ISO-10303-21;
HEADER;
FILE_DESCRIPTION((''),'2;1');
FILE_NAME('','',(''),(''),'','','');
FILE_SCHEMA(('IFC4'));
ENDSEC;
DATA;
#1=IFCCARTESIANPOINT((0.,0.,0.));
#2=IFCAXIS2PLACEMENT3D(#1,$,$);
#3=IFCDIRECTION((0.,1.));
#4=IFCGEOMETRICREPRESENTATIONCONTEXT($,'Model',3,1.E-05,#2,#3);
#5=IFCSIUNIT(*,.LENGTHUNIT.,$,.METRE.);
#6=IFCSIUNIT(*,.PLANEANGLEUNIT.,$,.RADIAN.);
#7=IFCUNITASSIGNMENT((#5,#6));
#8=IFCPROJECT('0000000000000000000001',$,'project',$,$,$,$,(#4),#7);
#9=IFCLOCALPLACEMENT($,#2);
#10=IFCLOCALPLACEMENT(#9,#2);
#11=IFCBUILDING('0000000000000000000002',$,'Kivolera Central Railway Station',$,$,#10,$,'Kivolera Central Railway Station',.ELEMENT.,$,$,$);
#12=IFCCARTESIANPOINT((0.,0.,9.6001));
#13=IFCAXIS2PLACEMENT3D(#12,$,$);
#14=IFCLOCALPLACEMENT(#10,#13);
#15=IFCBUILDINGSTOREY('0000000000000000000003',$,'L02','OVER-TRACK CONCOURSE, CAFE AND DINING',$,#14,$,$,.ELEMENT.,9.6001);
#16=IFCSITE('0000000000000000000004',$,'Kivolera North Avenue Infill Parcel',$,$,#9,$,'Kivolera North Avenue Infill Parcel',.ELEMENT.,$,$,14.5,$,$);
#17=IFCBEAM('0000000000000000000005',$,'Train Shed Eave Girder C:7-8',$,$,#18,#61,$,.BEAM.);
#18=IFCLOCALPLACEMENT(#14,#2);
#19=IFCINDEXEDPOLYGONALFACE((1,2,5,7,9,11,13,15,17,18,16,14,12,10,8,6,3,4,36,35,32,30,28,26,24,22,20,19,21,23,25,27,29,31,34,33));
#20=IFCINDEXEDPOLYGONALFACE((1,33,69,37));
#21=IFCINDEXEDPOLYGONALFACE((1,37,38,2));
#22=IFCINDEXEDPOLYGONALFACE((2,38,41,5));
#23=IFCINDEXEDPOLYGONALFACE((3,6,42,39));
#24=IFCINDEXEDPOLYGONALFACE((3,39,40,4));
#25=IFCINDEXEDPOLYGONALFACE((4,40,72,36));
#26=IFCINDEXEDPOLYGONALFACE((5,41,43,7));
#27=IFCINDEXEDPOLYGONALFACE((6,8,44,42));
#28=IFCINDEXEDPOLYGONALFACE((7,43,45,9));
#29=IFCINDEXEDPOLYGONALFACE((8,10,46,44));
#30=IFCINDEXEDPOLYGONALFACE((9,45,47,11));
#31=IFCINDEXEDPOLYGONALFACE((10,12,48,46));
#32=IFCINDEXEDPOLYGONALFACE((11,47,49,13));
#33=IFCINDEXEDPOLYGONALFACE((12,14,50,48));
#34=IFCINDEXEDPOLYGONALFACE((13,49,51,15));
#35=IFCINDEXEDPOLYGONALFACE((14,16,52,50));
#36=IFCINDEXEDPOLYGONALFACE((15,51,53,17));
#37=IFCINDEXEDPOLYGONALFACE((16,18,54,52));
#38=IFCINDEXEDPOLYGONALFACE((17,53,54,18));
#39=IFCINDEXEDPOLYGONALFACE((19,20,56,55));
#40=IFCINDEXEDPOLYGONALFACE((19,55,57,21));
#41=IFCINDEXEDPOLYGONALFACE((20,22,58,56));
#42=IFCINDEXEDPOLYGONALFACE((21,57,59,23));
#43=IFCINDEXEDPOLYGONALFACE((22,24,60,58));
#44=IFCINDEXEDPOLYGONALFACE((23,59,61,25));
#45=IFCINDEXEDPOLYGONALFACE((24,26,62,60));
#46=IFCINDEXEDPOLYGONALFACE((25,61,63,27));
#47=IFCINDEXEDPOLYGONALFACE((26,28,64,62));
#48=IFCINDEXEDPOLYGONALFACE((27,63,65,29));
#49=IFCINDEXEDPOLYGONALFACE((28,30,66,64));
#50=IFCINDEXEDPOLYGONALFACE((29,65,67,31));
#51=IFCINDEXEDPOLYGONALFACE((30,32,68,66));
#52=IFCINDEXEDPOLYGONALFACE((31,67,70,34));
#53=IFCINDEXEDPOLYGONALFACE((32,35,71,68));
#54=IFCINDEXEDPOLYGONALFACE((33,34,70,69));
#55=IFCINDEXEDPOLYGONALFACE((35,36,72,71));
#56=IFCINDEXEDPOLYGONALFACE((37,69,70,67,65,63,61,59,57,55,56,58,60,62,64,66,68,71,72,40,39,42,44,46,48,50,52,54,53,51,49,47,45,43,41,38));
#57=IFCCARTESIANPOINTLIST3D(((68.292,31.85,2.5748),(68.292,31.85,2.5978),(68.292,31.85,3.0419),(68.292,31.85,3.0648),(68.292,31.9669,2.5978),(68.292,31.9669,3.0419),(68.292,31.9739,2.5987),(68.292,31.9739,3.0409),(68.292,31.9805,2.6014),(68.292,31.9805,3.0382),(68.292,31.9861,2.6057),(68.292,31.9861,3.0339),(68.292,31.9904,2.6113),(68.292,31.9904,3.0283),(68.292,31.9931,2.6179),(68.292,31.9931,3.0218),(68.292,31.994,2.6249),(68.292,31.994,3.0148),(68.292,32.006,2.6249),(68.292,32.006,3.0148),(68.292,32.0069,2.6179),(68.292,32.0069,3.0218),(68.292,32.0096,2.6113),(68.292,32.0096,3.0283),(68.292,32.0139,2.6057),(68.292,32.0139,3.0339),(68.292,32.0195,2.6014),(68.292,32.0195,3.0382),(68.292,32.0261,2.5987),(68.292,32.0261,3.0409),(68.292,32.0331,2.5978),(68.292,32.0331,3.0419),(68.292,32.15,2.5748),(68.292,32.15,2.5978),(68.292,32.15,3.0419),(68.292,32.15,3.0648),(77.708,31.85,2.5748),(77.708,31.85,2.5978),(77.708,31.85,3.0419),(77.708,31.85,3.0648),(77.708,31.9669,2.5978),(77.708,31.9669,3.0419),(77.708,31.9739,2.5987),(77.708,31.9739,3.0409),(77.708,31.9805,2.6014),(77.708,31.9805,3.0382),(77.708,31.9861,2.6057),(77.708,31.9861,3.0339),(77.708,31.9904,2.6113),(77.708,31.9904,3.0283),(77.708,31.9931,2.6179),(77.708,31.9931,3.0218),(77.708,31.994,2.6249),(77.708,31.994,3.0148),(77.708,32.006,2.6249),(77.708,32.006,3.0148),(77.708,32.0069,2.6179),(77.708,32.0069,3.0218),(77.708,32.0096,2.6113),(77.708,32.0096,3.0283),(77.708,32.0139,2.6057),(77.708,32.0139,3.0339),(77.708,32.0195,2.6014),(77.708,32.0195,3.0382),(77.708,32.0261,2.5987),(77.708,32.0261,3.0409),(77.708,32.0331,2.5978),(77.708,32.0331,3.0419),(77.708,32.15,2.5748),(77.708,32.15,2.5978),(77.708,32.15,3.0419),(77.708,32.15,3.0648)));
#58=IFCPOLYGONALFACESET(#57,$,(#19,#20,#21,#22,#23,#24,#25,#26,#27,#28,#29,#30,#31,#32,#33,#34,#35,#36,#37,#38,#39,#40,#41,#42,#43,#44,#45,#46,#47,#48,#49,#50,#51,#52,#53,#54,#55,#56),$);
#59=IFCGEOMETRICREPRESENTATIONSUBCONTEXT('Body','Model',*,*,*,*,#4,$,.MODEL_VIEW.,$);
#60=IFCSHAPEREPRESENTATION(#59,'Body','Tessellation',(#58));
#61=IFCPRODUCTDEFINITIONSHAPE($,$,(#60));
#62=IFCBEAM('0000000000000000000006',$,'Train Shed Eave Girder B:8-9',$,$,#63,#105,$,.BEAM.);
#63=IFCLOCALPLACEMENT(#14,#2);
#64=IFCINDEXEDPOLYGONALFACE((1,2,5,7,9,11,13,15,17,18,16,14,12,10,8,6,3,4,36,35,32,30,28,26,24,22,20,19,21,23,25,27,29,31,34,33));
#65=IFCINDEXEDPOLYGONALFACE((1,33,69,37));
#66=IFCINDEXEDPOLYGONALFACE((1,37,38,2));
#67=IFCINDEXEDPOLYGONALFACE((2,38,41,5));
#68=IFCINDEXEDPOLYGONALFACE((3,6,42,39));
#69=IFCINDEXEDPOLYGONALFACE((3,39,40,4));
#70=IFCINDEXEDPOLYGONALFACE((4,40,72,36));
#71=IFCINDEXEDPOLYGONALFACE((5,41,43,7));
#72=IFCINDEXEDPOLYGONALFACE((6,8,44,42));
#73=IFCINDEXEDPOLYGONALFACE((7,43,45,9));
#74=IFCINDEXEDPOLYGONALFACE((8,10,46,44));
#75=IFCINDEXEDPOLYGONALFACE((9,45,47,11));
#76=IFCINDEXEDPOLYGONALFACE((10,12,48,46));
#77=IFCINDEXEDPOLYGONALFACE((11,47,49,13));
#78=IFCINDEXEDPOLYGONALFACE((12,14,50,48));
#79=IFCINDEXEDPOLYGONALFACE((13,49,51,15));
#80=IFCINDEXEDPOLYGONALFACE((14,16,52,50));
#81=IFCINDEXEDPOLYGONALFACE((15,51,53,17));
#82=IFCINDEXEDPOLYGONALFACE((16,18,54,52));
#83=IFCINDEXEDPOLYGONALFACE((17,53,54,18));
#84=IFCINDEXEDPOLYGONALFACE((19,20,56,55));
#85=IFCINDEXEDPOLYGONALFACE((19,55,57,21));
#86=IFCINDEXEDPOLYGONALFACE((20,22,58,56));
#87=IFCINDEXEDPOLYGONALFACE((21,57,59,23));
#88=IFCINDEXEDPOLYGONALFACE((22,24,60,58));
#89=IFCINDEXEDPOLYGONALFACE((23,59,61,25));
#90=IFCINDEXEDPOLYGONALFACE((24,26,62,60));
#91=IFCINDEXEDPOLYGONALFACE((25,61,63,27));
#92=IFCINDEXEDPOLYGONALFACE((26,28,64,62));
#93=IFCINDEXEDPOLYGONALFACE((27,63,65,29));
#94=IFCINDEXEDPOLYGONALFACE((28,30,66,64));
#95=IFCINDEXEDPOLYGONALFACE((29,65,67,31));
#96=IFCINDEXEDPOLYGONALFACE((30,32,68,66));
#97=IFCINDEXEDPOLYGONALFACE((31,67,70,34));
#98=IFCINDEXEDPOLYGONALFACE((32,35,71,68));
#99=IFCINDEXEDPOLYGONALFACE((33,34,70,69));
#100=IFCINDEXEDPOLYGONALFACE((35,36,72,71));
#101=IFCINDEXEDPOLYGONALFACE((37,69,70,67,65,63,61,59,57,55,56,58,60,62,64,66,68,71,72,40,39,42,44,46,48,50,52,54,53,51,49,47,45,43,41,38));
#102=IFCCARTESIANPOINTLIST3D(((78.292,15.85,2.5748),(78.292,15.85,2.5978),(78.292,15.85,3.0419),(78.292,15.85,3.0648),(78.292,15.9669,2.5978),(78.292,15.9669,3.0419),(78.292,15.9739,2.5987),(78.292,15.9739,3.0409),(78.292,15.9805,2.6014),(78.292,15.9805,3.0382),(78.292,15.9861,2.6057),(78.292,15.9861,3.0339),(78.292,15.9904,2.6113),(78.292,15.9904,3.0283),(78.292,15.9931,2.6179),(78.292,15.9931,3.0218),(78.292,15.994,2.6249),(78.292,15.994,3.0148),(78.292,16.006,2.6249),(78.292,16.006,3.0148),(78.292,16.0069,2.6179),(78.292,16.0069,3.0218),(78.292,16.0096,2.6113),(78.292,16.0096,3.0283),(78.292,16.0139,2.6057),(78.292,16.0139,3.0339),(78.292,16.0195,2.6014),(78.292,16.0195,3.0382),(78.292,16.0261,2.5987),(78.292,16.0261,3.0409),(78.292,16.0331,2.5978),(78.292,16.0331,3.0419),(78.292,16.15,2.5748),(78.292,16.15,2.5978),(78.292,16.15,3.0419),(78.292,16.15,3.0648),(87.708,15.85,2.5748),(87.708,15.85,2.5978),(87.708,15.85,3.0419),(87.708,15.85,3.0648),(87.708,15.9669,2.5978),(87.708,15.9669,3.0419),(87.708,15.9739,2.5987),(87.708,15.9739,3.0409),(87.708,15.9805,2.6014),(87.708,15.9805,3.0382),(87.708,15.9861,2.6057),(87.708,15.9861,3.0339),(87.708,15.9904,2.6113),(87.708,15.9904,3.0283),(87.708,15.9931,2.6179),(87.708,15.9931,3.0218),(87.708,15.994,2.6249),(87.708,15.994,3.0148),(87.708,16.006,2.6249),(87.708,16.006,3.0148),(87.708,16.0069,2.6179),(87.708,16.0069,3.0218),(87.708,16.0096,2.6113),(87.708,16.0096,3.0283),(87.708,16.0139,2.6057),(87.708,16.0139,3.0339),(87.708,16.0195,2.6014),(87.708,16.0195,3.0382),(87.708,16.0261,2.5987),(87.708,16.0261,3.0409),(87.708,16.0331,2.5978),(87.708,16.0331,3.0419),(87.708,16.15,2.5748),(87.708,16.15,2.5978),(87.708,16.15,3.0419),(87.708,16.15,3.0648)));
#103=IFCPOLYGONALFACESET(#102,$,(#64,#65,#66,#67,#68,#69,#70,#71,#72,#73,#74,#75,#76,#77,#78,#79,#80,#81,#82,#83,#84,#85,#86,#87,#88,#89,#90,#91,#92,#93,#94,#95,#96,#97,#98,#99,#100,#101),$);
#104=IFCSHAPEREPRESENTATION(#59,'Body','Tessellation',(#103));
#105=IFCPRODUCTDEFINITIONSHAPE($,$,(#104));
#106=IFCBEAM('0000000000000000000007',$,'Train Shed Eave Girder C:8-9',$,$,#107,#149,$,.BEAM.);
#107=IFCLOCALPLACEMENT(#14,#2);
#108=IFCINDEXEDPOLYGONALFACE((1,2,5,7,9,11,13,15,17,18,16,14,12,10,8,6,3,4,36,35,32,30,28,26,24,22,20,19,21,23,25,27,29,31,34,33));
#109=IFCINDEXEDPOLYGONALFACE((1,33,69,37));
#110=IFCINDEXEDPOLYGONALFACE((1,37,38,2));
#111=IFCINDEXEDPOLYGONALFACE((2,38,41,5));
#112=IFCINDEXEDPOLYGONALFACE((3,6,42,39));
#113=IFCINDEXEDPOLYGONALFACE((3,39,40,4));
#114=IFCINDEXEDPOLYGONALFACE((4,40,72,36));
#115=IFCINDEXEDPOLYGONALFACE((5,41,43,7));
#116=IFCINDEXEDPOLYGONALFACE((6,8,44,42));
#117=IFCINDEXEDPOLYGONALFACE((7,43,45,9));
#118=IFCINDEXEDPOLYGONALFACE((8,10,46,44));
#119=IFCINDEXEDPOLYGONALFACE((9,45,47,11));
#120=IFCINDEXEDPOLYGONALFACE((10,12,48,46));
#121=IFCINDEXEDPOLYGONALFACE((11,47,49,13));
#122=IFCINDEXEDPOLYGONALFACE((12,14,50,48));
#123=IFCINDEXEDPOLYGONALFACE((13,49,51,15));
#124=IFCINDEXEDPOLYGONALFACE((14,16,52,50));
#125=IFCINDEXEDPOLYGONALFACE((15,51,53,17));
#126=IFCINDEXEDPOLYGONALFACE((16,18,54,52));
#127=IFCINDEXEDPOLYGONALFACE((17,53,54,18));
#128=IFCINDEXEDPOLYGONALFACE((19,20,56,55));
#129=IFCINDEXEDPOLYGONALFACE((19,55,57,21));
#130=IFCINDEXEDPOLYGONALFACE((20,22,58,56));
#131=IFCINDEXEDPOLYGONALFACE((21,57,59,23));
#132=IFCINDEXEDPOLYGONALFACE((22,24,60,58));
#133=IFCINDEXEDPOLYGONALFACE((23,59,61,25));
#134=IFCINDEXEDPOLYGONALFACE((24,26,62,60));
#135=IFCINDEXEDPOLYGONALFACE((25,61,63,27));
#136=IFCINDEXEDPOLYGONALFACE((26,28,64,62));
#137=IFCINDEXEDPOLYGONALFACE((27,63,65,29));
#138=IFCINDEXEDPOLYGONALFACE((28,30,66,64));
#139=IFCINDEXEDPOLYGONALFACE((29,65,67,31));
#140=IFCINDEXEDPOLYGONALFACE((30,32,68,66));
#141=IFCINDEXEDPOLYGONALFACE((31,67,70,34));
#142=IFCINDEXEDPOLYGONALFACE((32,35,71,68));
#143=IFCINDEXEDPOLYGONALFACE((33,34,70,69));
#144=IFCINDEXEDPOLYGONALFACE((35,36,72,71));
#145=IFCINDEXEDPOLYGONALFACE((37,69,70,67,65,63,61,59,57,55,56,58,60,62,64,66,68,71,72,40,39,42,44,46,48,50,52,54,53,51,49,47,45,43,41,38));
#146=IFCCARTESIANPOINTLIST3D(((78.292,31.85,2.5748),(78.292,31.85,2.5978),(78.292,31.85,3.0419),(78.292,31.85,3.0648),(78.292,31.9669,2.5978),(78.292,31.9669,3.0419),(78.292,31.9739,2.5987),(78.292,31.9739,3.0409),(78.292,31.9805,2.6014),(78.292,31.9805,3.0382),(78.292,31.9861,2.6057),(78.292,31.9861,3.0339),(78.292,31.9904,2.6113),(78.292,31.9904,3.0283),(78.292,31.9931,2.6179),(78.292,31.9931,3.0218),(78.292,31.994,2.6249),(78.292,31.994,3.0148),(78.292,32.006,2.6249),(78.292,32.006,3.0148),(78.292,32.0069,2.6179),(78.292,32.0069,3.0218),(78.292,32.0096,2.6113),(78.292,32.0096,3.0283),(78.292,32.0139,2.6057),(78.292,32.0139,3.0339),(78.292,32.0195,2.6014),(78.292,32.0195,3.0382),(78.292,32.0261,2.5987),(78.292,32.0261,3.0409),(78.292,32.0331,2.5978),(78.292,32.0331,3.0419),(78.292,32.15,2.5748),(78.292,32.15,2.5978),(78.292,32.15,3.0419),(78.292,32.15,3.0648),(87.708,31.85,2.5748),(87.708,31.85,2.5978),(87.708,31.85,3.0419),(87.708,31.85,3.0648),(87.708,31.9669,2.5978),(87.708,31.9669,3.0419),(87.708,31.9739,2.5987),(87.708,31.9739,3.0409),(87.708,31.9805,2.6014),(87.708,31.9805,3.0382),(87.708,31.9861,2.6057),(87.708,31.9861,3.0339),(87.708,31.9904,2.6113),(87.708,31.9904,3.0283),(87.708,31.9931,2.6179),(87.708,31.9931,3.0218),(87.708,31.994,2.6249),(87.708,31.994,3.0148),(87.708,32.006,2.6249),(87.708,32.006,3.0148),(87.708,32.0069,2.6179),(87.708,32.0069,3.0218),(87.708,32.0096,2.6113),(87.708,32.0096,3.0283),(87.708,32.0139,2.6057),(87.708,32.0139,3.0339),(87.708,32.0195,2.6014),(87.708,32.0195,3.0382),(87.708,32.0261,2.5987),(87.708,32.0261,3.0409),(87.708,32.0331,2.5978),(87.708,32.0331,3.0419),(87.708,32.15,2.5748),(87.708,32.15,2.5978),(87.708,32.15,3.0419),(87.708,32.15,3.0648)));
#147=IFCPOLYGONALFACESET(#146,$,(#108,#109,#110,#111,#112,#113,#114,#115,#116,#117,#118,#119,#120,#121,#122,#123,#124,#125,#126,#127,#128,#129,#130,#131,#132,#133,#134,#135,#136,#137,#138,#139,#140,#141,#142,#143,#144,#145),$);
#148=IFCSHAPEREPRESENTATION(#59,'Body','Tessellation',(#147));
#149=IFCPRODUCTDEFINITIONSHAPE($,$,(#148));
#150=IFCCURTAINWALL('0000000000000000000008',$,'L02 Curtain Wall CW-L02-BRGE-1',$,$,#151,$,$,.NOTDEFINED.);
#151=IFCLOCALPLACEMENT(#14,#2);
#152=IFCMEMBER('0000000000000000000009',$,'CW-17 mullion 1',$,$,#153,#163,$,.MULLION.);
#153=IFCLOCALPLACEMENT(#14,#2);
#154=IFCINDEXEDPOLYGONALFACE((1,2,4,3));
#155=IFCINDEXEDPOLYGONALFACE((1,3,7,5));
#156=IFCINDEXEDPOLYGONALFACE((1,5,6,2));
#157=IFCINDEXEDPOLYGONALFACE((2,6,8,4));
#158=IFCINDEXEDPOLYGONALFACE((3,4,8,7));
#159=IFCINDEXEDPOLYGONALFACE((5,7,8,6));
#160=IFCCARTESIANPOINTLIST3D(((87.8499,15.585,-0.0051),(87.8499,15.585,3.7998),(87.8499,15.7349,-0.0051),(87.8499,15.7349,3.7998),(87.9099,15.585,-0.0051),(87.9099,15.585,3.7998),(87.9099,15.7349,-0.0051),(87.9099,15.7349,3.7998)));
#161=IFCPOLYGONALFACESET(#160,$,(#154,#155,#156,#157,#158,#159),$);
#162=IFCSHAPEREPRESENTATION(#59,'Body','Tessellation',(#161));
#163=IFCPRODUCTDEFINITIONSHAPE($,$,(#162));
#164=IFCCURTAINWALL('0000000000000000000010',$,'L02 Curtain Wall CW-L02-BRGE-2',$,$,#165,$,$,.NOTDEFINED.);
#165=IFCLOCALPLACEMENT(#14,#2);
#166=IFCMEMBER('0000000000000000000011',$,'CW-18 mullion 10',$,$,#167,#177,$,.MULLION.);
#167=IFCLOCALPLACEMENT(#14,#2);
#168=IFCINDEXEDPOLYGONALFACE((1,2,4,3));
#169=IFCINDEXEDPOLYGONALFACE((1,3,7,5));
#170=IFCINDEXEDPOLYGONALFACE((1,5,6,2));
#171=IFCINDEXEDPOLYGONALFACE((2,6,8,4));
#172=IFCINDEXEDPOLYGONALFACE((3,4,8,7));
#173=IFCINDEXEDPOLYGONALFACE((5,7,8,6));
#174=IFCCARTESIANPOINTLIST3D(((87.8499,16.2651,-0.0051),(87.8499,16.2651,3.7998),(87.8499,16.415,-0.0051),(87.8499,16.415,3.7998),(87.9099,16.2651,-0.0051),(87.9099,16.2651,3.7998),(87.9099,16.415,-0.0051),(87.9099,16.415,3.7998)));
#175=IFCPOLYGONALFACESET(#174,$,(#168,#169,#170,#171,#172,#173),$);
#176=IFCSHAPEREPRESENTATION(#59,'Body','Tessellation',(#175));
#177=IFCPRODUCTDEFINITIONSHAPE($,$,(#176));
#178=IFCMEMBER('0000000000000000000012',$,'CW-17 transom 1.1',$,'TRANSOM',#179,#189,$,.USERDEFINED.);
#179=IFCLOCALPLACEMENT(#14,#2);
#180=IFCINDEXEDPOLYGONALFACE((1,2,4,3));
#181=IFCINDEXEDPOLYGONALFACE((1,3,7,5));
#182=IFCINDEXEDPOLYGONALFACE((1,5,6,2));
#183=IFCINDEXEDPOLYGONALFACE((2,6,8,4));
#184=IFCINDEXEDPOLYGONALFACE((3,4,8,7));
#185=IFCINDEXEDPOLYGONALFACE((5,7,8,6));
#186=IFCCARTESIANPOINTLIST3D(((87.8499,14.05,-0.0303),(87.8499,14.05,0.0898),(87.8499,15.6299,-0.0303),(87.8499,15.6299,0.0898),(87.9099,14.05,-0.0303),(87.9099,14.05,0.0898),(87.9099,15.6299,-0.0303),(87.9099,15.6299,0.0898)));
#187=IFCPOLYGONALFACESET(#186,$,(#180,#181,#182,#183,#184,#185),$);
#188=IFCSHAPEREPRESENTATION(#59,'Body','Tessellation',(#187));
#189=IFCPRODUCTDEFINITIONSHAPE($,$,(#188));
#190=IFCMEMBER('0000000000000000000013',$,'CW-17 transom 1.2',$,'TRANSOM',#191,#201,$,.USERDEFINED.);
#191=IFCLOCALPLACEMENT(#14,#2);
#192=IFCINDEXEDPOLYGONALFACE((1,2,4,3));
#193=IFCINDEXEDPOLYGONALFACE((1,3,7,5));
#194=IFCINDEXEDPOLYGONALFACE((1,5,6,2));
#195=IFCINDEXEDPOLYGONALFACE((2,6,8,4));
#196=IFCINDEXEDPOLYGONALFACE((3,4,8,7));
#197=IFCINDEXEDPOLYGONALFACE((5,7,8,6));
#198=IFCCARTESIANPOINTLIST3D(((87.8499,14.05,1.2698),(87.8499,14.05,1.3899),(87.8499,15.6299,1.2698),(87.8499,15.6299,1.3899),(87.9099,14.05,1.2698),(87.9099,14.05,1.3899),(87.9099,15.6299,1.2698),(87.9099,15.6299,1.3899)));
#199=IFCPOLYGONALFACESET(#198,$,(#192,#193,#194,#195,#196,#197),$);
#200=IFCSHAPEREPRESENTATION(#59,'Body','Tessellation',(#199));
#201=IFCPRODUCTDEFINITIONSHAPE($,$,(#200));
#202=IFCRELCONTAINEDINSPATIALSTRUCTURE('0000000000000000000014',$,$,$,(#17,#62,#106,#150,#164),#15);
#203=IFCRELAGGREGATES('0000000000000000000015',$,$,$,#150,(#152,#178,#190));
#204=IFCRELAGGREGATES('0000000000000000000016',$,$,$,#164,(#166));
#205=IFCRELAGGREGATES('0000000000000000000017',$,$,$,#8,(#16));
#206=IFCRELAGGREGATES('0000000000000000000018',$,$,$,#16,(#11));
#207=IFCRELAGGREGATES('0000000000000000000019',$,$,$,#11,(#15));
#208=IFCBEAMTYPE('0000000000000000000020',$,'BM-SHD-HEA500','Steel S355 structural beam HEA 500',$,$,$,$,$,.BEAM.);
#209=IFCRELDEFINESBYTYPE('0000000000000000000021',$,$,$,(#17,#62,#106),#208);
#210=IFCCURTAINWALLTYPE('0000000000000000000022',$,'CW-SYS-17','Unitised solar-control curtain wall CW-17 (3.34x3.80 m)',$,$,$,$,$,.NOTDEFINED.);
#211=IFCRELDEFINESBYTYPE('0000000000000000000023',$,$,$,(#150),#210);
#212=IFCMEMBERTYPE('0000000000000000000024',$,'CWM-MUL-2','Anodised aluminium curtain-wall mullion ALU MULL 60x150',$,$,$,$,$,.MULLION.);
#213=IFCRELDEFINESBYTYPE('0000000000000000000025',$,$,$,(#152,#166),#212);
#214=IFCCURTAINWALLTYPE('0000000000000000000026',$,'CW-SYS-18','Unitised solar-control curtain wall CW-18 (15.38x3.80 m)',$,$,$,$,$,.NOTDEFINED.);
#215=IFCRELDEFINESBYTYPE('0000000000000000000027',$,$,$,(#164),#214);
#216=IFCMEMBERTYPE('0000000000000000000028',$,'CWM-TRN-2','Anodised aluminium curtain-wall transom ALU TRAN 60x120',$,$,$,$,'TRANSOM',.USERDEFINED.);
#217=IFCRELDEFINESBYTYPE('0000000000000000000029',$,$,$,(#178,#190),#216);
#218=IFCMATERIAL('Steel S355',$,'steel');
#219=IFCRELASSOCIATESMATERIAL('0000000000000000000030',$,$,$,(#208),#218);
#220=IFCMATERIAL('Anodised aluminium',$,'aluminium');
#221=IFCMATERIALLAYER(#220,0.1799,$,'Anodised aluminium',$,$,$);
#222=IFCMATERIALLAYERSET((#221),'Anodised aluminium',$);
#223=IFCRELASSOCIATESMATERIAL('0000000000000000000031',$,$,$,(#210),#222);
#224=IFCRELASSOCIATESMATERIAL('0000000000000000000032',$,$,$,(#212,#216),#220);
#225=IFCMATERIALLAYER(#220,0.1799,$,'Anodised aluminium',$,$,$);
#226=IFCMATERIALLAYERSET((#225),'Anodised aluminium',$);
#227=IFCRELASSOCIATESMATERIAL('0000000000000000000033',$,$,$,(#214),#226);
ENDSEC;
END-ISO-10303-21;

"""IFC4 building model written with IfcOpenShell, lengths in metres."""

from ifc_helpers import new_model, si_unit, direction, frame, origin, origin_2d, place, context, subcontext, project, spatial, rectangle, i_section, extrude, material, layer, layer_set, material_profile, profile_set, type_object, element, aggregate, save


model = new_model("IFC4")

# Units and contexts
model_context = context("Model", 3, precision=1e-05, world=origin(), true_north=direction((0.0, 1.0)))
body_context = subcontext(model_context, "Body", "Model", "MODEL_VIEW")
ifc_project = project(units=[si_unit("LENGTHUNIT", "METRE"), si_unit("PLANEANGLEUNIT", "RADIAN")], contexts=[model_context])

# Site, building, storey
site_placement = place(None, origin())
site = spatial("IfcSite", under=ifc_project, at=site_placement, Name="Kivolera North Avenue Infill Parcel", LongName="Kivolera North Avenue Infill Parcel", CompositionType="ELEMENT", RefElevation=14.5)
building_placement = place(site_placement, origin())
building = spatial("IfcBuilding", under=site, at=building_placement, Name="Kivolera Central Railway Station", LongName="Kivolera Central Railway Station", CompositionType="ELEMENT")
storey_placement = place(building_placement, frame((0.0, 0.0, 9.6001)))
storey = spatial("IfcBuildingStorey", under=building, at=storey_placement, Name="L02", Description="OVER-TRACK CONCOURSE, CAFE AND DINING", CompositionType="ELEMENT", Elevation=9.6001)

# Beams
ifc_material_1 = material(Name="Steel S355", Category="steel")
ifc_material_profile_1 = material_profile(ifc_material_1, i_section(OverallWidth=0.3, OverallDepth=0.49, WebThickness=0.012, FlangeThickness=0.0229, FilletRadius=0.0271, at=origin_2d()), Name="HEA 500")
ifc_profile_set_1 = profile_set([ifc_material_profile_1], Name="Steel S355")
beam_type_1 = type_object("IfcBeamType", Name="BM-SHD-HEA500", Description="Steel S355 structural beam HEA 500", PredefinedType="BEAM", material=ifc_profile_set_1)
for number, where, z_axis, x_axis, name in (
    (1, (68.292, 32.0, 2.8198), (1.0, 0.0, 0.0), (0.0, 1.0, 0.0), "Train Shed Eave Girder C:7-8"),
    (2, (78.292, 16.0, 2.8198), (1.0, 0.0, 0.0), (0.0, 1.0, 0.0), "Train Shed Eave Girder B:8-9"),
    (3, (78.292, 32.0, 2.8198), (1.0, 0.0, 0.0), (0.0, 1.0, 0.0), "Train Shed Eave Girder C:8-9"),
):
    element("IfcBeam", number, at=place(storey_placement, frame(where, z_axis=z_axis, x_axis=x_axis)), inside=storey, type_object=beam_type_1, Name=name, PredefinedType="BEAM", context=body_context, shape_type="SweptSolid", body=[
        extrude(i_section(OverallWidth=0.3, OverallDepth=0.49, WebThickness=0.012, FlangeThickness=0.0229, FilletRadius=0.0271, at=origin_2d()), origin(), (0.0, 0.0, 1.0), 9.416),
    ])

# Curtain walls, members
ifc_material_2 = material(Name="Anodised aluminium", Category="aluminium")
ifc_layer_1 = layer(ifc_material_2, 0.1799, Name="Anodised aluminium")
ifc_layer_set_1 = layer_set([ifc_layer_1], Name="Anodised aluminium")
curtain_wall_type_1 = type_object("IfcCurtainWallType", Name="CW-SYS-17", Description="Unitised solar-control curtain wall CW-17 (3.34x3.80 m)", PredefinedType="NOTDEFINED", material=ifc_layer_set_1)
curtain_wall_1_placement = place(storey_placement, origin())
curtain_wall_1 = element("IfcCurtainWall", 4, at=curtain_wall_1_placement, inside=storey, type_object=curtain_wall_type_1, Name="L02 Curtain Wall CW-L02-BRGE-1", PredefinedType="NOTDEFINED")
ifc_material_profile_2 = material_profile(ifc_material_2, rectangle(XDim=0.0601, YDim=0.1499, at=origin_2d()), Name="ALU MULL 60x150")
ifc_profile_set_2 = profile_set([ifc_material_profile_2], Name="Anodised aluminium")
member_type_1 = type_object("IfcMemberType", Name="CWM-MUL-2", Description="Anodised aluminium curtain-wall mullion ALU MULL 60x150", PredefinedType="MULLION", material=ifc_profile_set_2)
member_1_placement = place(storey_placement, frame((87.8799, 15.6599, -0.0051), z_axis=(0.0, 0.0, 1.0), x_axis=(1.0, 0.0, 0.0)))
member_1 = element("IfcMember", 5, at=member_1_placement, type_object=member_type_1, Name="CW-17 mullion 1", PredefinedType="MULLION", context=body_context, shape_type="SweptSolid", body=[
    extrude(rectangle(XDim=0.0601, YDim=0.1499, at=origin_2d()), origin(), (0.0, 0.0, 1.0), 3.8049),
])
ifc_layer_2 = layer(ifc_material_2, 0.1799, Name="Anodised aluminium")
ifc_layer_set_2 = layer_set([ifc_layer_2], Name="Anodised aluminium")
curtain_wall_type_2 = type_object("IfcCurtainWallType", Name="CW-SYS-18", Description="Unitised solar-control curtain wall CW-18 (15.38x3.80 m)", PredefinedType="NOTDEFINED", material=ifc_layer_set_2)
curtain_wall_2_placement = place(storey_placement, origin())
curtain_wall_2 = element("IfcCurtainWall", 6, at=curtain_wall_2_placement, inside=storey, type_object=curtain_wall_type_2, Name="L02 Curtain Wall CW-L02-BRGE-2", PredefinedType="NOTDEFINED")
member_2_placement = place(storey_placement, frame((87.8799, 16.3401, -0.0051), z_axis=(0.0, 0.0, 1.0), x_axis=(1.0, 0.0, 0.0)))
member_2 = element("IfcMember", 7, at=member_2_placement, type_object=member_type_1, Name="CW-18 mullion 10", PredefinedType="MULLION", context=body_context, shape_type="SweptSolid", body=[
    extrude(rectangle(XDim=0.0601, YDim=0.1499, at=origin_2d()), origin(), (0.0, 0.0, 1.0), 3.8049),
])

# Members
ifc_material_profile_3 = material_profile(ifc_material_2, rectangle(XDim=0.0601, YDim=0.1201, at=origin_2d()), Name="ALU TRAN 60x120")
ifc_profile_set_3 = profile_set([ifc_material_profile_3], Name="Anodised aluminium")
member_type_2 = type_object("IfcMemberType", Name="CWM-TRN-2", Description="Anodised aluminium curtain-wall transom ALU TRAN 60x120", ElementType="TRANSOM", PredefinedType="USERDEFINED", material=ifc_profile_set_3)
member_3_placement = place(storey_placement, frame((87.8799, 15.6299, 0.0298), z_axis=(0.0, -1.0, 0.0), x_axis=(1.0, 0.0, 0.0)))
member_3 = element("IfcMember", 8, at=member_3_placement, type_object=member_type_2, Name="CW-17 transom 1.1", ObjectType="TRANSOM", PredefinedType="USERDEFINED", context=body_context, shape_type="SweptSolid", body=[
    extrude(rectangle(XDim=0.0601, YDim=0.1201, at=origin_2d()), origin(), (0.0, 0.0, 1.0), 1.5798),
])
member_4_placement = place(storey_placement, frame((87.8799, 15.6299, 1.3298), z_axis=(0.0, -1.0, 0.0), x_axis=(1.0, 0.0, 0.0)))
member_4 = element("IfcMember", 9, at=member_4_placement, type_object=member_type_2, Name="CW-17 transom 1.2", ObjectType="TRANSOM", PredefinedType="USERDEFINED", context=body_context, shape_type="SweptSolid", body=[
    extrude(rectangle(XDim=0.0601, YDim=0.1201, at=origin_2d()), origin(), (0.0, 0.0, 1.0), 1.5798),
])
aggregate(curtain_wall_1, [member_1, member_3, member_4])

aggregate(curtain_wall_2, [member_2])

save(model, "model.ifc")
